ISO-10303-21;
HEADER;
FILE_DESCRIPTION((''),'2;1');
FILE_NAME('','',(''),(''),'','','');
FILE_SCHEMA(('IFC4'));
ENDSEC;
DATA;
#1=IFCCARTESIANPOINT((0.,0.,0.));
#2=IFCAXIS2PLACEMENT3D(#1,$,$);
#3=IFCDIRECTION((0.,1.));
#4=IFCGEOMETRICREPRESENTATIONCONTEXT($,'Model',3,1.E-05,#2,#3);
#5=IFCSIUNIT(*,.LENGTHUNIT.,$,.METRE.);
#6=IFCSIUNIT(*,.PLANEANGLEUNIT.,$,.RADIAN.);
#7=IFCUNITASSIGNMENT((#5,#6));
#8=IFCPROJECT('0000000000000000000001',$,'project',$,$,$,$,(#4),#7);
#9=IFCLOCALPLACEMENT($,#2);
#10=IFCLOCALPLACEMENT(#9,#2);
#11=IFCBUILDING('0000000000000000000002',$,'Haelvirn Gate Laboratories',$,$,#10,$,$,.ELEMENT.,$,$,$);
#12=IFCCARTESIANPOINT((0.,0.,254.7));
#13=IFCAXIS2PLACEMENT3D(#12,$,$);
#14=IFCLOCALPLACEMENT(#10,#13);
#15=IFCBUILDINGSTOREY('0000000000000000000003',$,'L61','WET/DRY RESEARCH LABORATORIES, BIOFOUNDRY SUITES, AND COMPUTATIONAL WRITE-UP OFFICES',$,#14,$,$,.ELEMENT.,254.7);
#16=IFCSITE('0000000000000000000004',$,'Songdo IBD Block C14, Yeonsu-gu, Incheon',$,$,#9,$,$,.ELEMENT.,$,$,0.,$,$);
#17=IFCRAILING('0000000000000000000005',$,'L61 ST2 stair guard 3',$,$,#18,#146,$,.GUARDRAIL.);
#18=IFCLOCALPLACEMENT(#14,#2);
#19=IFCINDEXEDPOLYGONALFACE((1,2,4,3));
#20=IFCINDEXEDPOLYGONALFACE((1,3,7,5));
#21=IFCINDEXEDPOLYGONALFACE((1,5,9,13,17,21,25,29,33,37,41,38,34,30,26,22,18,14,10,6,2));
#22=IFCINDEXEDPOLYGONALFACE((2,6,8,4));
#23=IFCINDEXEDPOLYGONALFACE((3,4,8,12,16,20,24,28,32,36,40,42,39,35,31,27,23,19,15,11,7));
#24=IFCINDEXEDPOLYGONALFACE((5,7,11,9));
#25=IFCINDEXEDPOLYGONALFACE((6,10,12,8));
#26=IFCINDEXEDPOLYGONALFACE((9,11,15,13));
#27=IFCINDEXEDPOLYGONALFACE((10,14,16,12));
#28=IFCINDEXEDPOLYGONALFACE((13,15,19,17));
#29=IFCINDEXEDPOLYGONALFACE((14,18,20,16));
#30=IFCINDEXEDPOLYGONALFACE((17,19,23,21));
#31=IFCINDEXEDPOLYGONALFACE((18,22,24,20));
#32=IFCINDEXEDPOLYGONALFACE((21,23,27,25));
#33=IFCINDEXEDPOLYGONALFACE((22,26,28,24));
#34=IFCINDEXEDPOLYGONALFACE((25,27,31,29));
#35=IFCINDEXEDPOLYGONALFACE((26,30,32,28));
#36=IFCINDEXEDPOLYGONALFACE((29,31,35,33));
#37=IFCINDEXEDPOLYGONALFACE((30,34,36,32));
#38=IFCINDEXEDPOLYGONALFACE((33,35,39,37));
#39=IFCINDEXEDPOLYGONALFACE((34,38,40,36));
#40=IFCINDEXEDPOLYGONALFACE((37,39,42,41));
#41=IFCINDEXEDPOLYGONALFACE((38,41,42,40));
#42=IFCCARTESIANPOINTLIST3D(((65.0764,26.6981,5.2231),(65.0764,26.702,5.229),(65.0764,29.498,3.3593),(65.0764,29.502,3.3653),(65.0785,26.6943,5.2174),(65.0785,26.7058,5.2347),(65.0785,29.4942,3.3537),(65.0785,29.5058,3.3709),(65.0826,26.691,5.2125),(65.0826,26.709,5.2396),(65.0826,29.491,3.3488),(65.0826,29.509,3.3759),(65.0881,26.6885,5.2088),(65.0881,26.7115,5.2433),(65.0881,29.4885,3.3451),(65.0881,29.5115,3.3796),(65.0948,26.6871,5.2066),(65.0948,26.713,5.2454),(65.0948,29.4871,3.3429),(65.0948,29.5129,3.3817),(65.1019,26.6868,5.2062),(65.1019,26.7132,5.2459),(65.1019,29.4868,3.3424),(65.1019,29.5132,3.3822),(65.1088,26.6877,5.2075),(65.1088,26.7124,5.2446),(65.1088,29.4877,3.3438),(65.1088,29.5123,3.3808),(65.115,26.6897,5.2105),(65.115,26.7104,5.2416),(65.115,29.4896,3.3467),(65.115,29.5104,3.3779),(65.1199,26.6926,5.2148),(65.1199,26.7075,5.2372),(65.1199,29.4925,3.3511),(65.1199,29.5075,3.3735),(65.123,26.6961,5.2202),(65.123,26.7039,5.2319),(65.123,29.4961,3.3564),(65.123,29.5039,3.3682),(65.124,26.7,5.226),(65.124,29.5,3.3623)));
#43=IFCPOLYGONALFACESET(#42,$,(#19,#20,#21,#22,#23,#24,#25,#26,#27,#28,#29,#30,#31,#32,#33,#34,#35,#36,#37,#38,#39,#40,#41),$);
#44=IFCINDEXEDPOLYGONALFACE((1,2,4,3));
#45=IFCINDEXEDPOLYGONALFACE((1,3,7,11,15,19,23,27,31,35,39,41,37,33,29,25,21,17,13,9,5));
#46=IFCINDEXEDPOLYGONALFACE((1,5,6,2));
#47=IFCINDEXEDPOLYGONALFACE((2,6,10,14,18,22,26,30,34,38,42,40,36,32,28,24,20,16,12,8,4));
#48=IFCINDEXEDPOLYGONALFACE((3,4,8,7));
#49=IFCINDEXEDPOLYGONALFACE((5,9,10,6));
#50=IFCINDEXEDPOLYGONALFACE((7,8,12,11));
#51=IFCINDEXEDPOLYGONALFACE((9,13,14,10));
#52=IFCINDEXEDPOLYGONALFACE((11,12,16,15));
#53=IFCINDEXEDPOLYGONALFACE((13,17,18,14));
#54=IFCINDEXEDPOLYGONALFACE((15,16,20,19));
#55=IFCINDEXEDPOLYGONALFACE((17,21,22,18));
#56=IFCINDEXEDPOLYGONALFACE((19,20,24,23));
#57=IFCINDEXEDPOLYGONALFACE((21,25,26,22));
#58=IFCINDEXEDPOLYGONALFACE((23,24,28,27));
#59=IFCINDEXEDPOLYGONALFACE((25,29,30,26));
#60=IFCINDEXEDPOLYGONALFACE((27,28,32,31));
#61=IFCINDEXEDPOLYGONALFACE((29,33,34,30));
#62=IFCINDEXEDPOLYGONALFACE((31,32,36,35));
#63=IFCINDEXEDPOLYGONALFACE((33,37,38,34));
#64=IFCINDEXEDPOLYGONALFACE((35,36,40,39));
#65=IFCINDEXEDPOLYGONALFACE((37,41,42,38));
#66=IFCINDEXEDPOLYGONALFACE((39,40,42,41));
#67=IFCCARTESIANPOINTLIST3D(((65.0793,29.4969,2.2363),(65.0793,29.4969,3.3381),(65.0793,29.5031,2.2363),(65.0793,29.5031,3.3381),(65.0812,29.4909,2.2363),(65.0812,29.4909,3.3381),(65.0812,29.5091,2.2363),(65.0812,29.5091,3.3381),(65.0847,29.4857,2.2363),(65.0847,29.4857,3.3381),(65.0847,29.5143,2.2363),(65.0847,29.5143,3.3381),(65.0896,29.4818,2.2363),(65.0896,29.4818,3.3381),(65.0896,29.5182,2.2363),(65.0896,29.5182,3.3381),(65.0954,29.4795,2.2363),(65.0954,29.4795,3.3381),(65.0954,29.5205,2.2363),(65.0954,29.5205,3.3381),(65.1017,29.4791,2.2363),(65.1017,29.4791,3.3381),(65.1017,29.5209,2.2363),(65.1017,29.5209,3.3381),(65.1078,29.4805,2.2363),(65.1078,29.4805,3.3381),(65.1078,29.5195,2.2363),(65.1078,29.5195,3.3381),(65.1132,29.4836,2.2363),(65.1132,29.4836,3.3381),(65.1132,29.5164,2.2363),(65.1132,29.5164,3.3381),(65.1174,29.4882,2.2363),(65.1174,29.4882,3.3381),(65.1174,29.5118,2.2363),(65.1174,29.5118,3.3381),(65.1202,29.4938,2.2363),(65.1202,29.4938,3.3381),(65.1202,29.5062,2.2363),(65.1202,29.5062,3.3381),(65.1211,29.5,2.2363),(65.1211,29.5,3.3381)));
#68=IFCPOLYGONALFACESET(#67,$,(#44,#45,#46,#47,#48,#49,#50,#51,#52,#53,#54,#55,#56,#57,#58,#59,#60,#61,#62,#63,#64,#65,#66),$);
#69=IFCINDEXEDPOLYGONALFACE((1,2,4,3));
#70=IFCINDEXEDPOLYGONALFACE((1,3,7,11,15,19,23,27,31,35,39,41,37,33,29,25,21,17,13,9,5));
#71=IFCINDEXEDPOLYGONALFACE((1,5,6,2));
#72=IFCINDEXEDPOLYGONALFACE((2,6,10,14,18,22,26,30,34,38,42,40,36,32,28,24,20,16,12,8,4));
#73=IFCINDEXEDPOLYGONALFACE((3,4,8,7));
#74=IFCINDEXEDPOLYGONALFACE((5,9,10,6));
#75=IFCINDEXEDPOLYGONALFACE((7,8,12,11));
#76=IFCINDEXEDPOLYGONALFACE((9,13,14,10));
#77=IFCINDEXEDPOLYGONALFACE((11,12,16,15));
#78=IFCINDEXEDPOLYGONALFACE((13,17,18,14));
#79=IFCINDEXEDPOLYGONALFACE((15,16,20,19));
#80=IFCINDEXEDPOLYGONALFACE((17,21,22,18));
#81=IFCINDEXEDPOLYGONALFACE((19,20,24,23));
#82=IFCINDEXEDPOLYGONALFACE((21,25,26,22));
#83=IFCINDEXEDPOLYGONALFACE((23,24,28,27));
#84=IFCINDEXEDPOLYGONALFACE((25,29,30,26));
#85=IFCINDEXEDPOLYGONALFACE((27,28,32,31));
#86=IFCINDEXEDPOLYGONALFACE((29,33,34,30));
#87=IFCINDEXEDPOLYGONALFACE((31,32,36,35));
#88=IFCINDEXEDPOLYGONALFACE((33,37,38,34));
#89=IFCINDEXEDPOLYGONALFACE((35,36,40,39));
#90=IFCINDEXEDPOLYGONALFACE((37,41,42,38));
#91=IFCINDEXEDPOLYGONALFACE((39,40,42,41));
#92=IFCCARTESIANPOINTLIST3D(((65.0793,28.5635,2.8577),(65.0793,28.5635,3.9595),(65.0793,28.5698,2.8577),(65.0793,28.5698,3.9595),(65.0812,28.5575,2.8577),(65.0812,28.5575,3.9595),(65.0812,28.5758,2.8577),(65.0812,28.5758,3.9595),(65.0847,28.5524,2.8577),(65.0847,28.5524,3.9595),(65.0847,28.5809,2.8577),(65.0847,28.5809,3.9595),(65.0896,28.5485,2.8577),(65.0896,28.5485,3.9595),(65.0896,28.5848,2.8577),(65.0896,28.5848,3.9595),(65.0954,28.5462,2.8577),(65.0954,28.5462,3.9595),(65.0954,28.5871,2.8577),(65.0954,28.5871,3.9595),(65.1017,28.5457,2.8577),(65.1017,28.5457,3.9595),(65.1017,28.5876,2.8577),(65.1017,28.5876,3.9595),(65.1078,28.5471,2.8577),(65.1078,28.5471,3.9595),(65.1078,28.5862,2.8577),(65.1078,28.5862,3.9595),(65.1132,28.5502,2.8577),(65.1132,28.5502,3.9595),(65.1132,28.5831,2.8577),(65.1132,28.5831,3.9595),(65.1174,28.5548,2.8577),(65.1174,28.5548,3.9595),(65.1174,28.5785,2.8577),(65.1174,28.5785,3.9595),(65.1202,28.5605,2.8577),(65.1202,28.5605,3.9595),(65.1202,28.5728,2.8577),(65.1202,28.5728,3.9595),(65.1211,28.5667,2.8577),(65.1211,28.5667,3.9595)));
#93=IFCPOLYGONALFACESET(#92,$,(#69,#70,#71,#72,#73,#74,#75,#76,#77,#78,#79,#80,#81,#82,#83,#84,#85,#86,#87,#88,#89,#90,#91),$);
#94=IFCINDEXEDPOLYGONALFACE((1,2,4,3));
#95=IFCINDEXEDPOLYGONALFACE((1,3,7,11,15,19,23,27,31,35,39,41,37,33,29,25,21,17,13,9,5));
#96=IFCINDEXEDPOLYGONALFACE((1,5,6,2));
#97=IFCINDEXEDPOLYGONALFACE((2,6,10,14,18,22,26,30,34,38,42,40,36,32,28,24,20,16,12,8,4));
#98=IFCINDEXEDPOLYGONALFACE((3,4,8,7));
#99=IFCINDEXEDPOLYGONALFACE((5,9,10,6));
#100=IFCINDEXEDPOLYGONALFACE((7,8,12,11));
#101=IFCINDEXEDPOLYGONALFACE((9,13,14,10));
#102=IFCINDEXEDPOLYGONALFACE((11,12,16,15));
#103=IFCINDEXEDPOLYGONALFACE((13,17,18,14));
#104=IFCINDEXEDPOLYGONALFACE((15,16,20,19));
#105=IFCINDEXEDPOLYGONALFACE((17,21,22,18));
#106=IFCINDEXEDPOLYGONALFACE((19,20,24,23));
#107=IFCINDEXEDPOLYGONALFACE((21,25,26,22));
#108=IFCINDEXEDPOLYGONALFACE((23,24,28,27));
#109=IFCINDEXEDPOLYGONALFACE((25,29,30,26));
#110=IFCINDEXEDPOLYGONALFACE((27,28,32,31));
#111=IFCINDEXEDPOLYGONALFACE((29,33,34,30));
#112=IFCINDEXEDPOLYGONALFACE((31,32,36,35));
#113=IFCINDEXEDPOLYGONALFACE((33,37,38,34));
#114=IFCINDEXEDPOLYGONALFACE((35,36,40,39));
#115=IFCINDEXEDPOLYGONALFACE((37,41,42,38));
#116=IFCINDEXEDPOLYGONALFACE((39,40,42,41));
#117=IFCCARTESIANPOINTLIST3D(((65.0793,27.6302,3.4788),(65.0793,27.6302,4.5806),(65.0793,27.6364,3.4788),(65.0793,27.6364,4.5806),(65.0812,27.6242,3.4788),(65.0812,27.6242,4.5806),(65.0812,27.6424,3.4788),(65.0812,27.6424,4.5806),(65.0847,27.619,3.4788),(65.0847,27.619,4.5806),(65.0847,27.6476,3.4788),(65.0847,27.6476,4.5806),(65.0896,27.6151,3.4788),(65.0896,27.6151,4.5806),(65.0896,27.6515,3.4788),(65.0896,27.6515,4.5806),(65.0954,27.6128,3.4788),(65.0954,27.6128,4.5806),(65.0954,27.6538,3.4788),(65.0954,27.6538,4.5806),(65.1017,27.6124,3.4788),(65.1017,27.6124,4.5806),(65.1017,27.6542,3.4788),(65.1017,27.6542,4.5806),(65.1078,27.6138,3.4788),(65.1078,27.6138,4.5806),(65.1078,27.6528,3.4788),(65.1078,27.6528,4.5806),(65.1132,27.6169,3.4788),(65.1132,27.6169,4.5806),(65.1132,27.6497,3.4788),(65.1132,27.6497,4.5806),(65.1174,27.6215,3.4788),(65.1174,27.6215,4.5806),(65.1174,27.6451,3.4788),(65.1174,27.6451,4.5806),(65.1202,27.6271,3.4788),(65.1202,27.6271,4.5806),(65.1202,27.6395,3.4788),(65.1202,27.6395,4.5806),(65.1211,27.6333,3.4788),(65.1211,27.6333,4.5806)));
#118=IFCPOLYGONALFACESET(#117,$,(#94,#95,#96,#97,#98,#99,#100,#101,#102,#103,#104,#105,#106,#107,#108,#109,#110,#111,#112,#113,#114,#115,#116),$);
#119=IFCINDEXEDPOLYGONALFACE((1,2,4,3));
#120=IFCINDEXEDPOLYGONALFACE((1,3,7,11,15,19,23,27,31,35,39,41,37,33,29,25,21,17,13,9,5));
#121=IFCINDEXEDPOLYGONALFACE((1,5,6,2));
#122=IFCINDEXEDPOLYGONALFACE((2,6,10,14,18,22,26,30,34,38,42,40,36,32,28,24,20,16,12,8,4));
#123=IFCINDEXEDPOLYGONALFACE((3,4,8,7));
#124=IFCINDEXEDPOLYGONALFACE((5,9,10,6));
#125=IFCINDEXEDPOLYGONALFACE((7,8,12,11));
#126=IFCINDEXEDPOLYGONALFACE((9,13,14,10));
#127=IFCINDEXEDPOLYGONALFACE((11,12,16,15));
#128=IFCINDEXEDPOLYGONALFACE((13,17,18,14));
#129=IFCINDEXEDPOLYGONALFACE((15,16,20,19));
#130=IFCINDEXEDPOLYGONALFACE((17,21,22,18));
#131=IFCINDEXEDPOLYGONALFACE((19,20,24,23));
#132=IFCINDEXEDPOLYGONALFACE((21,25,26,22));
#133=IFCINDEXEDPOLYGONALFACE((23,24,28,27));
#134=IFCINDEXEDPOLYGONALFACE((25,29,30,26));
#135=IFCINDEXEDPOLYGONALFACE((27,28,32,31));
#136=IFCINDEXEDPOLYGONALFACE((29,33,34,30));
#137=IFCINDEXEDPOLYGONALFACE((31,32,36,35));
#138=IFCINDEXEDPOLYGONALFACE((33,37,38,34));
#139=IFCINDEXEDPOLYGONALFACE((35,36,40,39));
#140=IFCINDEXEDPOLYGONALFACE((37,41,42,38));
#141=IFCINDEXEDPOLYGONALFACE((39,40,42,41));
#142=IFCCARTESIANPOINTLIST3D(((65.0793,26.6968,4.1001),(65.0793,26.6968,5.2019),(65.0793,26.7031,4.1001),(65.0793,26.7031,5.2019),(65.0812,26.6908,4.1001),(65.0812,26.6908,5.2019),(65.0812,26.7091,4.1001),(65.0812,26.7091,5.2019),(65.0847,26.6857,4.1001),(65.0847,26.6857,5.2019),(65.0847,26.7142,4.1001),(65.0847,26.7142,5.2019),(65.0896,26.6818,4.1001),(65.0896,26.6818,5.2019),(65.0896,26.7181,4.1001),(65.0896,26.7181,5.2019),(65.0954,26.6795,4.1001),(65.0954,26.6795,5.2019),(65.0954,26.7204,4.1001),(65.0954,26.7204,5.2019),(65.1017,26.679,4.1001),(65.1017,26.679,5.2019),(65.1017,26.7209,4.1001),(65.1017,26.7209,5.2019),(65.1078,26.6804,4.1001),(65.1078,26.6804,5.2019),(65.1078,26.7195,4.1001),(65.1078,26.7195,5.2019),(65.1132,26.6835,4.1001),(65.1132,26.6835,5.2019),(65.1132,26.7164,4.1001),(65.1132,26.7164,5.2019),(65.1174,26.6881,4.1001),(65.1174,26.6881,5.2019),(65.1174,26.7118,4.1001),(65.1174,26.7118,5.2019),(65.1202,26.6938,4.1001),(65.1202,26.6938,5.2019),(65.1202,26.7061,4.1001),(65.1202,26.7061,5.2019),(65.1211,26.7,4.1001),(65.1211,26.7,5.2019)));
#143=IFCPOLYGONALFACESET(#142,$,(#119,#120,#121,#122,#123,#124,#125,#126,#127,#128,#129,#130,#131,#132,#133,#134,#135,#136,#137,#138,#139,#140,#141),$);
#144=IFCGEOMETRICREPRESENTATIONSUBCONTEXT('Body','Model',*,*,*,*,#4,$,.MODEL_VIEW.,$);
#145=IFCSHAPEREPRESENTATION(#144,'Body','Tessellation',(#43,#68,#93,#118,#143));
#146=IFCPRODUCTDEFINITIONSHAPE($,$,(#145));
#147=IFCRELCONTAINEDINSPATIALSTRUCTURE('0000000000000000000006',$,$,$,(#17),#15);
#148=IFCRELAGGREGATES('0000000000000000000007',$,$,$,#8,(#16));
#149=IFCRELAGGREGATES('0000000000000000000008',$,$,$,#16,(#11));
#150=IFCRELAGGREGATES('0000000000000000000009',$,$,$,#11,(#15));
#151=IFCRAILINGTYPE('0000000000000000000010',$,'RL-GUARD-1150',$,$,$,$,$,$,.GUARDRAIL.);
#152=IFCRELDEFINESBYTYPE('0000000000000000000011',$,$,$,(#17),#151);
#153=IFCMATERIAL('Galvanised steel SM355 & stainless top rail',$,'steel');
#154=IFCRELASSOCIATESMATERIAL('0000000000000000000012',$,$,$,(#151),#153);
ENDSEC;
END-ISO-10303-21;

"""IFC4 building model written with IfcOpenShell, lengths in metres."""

from ifc_helpers import new_model, si_unit, direction, frame, origin, origin_2d, place, context, subcontext, project, spatial, circle, extrude, source, transform, mapped, material, type_object, element, save


model = new_model("IFC4")

# Units and contexts
model_context = context("Model", 3, precision=1e-05, world=origin(), true_north=direction((0.0, 1.0)))
body_context = subcontext(model_context, "Body", "Model", "MODEL_VIEW")
ifc_project = project(units=[si_unit("LENGTHUNIT", "METRE"), si_unit("PLANEANGLEUNIT", "RADIAN")], contexts=[model_context])

# Site, building, storey
site_placement = place(None, origin())
site = spatial("IfcSite", under=ifc_project, at=site_placement, Name="Songdo IBD Block C14, Yeonsu-gu, Incheon", CompositionType="ELEMENT", RefElevation=0.0)
building_placement = place(site_placement, origin())
building = spatial("IfcBuilding", under=site, at=building_placement, Name="Haelvirn Gate Laboratories", CompositionType="ELEMENT")
storey_placement = place(building_placement, frame((0.0, 0.0, 254.7)))
storey = spatial("IfcBuildingStorey", under=building, at=storey_placement, Name="L61", Description="WET/DRY RESEARCH LABORATORIES, BIOFOUNDRY SUITES, AND COMPUTATIONAL WRITE-UP OFFICES", CompositionType="ELEMENT", Elevation=254.7)

# Railing
ifc_material_1 = material(Name="Galvanised steel SM355 & stainless top rail", Category="steel")
railing_type_1 = type_object("IfcRailingType", Name="RL-GUARD-1150", PredefinedType="GUARDRAIL", material=ifc_material_1)
shared_shape_1 = source(origin(), body_context, "Body", "SweptSolid", [
    extrude(circle(Radius=0.0239, at=origin_2d()), frame((0.0, 0.0, 1.126), z_axis=(0.0, -0.832452, 0.554097), x_axis=(1.0, 0.0, 0.0)), (0.0, 0.0, 1.0), 3.3635),
    extrude(circle(Radius=0.021, at=origin_2d()), origin(), (0.0, 0.0, 1.0), 1.1018),
    extrude(circle(Radius=0.021, at=origin_2d()), frame((0.0, -0.9333, 0.6213)), (0.0, 0.0, 1.0), 1.1018),
    extrude(circle(Radius=0.021, at=origin_2d()), frame((0.0, -1.8667, 1.2424)), (0.0, 0.0, 1.0), 1.1018),
    extrude(circle(Radius=0.021, at=origin_2d()), frame((0.0, -2.8, 1.8638)), (0.0, 0.0, 1.0), 1.1018),
])
railing_1_placement = place(storey_placement, frame((65.1001, 29.5, 2.2363)))
element("IfcRailing", 1, at=railing_1_placement, inside=storey, type_object=railing_type_1, Name="L61 ST2 stair guard 3", PredefinedType="GUARDRAIL", context=body_context, shape_type="MappedRepresentation", body=[
    mapped(shared_shape_1, transform((0.0, 0.0, 0.0), scale=1.0)),
])

save(model, "model.ifc")
